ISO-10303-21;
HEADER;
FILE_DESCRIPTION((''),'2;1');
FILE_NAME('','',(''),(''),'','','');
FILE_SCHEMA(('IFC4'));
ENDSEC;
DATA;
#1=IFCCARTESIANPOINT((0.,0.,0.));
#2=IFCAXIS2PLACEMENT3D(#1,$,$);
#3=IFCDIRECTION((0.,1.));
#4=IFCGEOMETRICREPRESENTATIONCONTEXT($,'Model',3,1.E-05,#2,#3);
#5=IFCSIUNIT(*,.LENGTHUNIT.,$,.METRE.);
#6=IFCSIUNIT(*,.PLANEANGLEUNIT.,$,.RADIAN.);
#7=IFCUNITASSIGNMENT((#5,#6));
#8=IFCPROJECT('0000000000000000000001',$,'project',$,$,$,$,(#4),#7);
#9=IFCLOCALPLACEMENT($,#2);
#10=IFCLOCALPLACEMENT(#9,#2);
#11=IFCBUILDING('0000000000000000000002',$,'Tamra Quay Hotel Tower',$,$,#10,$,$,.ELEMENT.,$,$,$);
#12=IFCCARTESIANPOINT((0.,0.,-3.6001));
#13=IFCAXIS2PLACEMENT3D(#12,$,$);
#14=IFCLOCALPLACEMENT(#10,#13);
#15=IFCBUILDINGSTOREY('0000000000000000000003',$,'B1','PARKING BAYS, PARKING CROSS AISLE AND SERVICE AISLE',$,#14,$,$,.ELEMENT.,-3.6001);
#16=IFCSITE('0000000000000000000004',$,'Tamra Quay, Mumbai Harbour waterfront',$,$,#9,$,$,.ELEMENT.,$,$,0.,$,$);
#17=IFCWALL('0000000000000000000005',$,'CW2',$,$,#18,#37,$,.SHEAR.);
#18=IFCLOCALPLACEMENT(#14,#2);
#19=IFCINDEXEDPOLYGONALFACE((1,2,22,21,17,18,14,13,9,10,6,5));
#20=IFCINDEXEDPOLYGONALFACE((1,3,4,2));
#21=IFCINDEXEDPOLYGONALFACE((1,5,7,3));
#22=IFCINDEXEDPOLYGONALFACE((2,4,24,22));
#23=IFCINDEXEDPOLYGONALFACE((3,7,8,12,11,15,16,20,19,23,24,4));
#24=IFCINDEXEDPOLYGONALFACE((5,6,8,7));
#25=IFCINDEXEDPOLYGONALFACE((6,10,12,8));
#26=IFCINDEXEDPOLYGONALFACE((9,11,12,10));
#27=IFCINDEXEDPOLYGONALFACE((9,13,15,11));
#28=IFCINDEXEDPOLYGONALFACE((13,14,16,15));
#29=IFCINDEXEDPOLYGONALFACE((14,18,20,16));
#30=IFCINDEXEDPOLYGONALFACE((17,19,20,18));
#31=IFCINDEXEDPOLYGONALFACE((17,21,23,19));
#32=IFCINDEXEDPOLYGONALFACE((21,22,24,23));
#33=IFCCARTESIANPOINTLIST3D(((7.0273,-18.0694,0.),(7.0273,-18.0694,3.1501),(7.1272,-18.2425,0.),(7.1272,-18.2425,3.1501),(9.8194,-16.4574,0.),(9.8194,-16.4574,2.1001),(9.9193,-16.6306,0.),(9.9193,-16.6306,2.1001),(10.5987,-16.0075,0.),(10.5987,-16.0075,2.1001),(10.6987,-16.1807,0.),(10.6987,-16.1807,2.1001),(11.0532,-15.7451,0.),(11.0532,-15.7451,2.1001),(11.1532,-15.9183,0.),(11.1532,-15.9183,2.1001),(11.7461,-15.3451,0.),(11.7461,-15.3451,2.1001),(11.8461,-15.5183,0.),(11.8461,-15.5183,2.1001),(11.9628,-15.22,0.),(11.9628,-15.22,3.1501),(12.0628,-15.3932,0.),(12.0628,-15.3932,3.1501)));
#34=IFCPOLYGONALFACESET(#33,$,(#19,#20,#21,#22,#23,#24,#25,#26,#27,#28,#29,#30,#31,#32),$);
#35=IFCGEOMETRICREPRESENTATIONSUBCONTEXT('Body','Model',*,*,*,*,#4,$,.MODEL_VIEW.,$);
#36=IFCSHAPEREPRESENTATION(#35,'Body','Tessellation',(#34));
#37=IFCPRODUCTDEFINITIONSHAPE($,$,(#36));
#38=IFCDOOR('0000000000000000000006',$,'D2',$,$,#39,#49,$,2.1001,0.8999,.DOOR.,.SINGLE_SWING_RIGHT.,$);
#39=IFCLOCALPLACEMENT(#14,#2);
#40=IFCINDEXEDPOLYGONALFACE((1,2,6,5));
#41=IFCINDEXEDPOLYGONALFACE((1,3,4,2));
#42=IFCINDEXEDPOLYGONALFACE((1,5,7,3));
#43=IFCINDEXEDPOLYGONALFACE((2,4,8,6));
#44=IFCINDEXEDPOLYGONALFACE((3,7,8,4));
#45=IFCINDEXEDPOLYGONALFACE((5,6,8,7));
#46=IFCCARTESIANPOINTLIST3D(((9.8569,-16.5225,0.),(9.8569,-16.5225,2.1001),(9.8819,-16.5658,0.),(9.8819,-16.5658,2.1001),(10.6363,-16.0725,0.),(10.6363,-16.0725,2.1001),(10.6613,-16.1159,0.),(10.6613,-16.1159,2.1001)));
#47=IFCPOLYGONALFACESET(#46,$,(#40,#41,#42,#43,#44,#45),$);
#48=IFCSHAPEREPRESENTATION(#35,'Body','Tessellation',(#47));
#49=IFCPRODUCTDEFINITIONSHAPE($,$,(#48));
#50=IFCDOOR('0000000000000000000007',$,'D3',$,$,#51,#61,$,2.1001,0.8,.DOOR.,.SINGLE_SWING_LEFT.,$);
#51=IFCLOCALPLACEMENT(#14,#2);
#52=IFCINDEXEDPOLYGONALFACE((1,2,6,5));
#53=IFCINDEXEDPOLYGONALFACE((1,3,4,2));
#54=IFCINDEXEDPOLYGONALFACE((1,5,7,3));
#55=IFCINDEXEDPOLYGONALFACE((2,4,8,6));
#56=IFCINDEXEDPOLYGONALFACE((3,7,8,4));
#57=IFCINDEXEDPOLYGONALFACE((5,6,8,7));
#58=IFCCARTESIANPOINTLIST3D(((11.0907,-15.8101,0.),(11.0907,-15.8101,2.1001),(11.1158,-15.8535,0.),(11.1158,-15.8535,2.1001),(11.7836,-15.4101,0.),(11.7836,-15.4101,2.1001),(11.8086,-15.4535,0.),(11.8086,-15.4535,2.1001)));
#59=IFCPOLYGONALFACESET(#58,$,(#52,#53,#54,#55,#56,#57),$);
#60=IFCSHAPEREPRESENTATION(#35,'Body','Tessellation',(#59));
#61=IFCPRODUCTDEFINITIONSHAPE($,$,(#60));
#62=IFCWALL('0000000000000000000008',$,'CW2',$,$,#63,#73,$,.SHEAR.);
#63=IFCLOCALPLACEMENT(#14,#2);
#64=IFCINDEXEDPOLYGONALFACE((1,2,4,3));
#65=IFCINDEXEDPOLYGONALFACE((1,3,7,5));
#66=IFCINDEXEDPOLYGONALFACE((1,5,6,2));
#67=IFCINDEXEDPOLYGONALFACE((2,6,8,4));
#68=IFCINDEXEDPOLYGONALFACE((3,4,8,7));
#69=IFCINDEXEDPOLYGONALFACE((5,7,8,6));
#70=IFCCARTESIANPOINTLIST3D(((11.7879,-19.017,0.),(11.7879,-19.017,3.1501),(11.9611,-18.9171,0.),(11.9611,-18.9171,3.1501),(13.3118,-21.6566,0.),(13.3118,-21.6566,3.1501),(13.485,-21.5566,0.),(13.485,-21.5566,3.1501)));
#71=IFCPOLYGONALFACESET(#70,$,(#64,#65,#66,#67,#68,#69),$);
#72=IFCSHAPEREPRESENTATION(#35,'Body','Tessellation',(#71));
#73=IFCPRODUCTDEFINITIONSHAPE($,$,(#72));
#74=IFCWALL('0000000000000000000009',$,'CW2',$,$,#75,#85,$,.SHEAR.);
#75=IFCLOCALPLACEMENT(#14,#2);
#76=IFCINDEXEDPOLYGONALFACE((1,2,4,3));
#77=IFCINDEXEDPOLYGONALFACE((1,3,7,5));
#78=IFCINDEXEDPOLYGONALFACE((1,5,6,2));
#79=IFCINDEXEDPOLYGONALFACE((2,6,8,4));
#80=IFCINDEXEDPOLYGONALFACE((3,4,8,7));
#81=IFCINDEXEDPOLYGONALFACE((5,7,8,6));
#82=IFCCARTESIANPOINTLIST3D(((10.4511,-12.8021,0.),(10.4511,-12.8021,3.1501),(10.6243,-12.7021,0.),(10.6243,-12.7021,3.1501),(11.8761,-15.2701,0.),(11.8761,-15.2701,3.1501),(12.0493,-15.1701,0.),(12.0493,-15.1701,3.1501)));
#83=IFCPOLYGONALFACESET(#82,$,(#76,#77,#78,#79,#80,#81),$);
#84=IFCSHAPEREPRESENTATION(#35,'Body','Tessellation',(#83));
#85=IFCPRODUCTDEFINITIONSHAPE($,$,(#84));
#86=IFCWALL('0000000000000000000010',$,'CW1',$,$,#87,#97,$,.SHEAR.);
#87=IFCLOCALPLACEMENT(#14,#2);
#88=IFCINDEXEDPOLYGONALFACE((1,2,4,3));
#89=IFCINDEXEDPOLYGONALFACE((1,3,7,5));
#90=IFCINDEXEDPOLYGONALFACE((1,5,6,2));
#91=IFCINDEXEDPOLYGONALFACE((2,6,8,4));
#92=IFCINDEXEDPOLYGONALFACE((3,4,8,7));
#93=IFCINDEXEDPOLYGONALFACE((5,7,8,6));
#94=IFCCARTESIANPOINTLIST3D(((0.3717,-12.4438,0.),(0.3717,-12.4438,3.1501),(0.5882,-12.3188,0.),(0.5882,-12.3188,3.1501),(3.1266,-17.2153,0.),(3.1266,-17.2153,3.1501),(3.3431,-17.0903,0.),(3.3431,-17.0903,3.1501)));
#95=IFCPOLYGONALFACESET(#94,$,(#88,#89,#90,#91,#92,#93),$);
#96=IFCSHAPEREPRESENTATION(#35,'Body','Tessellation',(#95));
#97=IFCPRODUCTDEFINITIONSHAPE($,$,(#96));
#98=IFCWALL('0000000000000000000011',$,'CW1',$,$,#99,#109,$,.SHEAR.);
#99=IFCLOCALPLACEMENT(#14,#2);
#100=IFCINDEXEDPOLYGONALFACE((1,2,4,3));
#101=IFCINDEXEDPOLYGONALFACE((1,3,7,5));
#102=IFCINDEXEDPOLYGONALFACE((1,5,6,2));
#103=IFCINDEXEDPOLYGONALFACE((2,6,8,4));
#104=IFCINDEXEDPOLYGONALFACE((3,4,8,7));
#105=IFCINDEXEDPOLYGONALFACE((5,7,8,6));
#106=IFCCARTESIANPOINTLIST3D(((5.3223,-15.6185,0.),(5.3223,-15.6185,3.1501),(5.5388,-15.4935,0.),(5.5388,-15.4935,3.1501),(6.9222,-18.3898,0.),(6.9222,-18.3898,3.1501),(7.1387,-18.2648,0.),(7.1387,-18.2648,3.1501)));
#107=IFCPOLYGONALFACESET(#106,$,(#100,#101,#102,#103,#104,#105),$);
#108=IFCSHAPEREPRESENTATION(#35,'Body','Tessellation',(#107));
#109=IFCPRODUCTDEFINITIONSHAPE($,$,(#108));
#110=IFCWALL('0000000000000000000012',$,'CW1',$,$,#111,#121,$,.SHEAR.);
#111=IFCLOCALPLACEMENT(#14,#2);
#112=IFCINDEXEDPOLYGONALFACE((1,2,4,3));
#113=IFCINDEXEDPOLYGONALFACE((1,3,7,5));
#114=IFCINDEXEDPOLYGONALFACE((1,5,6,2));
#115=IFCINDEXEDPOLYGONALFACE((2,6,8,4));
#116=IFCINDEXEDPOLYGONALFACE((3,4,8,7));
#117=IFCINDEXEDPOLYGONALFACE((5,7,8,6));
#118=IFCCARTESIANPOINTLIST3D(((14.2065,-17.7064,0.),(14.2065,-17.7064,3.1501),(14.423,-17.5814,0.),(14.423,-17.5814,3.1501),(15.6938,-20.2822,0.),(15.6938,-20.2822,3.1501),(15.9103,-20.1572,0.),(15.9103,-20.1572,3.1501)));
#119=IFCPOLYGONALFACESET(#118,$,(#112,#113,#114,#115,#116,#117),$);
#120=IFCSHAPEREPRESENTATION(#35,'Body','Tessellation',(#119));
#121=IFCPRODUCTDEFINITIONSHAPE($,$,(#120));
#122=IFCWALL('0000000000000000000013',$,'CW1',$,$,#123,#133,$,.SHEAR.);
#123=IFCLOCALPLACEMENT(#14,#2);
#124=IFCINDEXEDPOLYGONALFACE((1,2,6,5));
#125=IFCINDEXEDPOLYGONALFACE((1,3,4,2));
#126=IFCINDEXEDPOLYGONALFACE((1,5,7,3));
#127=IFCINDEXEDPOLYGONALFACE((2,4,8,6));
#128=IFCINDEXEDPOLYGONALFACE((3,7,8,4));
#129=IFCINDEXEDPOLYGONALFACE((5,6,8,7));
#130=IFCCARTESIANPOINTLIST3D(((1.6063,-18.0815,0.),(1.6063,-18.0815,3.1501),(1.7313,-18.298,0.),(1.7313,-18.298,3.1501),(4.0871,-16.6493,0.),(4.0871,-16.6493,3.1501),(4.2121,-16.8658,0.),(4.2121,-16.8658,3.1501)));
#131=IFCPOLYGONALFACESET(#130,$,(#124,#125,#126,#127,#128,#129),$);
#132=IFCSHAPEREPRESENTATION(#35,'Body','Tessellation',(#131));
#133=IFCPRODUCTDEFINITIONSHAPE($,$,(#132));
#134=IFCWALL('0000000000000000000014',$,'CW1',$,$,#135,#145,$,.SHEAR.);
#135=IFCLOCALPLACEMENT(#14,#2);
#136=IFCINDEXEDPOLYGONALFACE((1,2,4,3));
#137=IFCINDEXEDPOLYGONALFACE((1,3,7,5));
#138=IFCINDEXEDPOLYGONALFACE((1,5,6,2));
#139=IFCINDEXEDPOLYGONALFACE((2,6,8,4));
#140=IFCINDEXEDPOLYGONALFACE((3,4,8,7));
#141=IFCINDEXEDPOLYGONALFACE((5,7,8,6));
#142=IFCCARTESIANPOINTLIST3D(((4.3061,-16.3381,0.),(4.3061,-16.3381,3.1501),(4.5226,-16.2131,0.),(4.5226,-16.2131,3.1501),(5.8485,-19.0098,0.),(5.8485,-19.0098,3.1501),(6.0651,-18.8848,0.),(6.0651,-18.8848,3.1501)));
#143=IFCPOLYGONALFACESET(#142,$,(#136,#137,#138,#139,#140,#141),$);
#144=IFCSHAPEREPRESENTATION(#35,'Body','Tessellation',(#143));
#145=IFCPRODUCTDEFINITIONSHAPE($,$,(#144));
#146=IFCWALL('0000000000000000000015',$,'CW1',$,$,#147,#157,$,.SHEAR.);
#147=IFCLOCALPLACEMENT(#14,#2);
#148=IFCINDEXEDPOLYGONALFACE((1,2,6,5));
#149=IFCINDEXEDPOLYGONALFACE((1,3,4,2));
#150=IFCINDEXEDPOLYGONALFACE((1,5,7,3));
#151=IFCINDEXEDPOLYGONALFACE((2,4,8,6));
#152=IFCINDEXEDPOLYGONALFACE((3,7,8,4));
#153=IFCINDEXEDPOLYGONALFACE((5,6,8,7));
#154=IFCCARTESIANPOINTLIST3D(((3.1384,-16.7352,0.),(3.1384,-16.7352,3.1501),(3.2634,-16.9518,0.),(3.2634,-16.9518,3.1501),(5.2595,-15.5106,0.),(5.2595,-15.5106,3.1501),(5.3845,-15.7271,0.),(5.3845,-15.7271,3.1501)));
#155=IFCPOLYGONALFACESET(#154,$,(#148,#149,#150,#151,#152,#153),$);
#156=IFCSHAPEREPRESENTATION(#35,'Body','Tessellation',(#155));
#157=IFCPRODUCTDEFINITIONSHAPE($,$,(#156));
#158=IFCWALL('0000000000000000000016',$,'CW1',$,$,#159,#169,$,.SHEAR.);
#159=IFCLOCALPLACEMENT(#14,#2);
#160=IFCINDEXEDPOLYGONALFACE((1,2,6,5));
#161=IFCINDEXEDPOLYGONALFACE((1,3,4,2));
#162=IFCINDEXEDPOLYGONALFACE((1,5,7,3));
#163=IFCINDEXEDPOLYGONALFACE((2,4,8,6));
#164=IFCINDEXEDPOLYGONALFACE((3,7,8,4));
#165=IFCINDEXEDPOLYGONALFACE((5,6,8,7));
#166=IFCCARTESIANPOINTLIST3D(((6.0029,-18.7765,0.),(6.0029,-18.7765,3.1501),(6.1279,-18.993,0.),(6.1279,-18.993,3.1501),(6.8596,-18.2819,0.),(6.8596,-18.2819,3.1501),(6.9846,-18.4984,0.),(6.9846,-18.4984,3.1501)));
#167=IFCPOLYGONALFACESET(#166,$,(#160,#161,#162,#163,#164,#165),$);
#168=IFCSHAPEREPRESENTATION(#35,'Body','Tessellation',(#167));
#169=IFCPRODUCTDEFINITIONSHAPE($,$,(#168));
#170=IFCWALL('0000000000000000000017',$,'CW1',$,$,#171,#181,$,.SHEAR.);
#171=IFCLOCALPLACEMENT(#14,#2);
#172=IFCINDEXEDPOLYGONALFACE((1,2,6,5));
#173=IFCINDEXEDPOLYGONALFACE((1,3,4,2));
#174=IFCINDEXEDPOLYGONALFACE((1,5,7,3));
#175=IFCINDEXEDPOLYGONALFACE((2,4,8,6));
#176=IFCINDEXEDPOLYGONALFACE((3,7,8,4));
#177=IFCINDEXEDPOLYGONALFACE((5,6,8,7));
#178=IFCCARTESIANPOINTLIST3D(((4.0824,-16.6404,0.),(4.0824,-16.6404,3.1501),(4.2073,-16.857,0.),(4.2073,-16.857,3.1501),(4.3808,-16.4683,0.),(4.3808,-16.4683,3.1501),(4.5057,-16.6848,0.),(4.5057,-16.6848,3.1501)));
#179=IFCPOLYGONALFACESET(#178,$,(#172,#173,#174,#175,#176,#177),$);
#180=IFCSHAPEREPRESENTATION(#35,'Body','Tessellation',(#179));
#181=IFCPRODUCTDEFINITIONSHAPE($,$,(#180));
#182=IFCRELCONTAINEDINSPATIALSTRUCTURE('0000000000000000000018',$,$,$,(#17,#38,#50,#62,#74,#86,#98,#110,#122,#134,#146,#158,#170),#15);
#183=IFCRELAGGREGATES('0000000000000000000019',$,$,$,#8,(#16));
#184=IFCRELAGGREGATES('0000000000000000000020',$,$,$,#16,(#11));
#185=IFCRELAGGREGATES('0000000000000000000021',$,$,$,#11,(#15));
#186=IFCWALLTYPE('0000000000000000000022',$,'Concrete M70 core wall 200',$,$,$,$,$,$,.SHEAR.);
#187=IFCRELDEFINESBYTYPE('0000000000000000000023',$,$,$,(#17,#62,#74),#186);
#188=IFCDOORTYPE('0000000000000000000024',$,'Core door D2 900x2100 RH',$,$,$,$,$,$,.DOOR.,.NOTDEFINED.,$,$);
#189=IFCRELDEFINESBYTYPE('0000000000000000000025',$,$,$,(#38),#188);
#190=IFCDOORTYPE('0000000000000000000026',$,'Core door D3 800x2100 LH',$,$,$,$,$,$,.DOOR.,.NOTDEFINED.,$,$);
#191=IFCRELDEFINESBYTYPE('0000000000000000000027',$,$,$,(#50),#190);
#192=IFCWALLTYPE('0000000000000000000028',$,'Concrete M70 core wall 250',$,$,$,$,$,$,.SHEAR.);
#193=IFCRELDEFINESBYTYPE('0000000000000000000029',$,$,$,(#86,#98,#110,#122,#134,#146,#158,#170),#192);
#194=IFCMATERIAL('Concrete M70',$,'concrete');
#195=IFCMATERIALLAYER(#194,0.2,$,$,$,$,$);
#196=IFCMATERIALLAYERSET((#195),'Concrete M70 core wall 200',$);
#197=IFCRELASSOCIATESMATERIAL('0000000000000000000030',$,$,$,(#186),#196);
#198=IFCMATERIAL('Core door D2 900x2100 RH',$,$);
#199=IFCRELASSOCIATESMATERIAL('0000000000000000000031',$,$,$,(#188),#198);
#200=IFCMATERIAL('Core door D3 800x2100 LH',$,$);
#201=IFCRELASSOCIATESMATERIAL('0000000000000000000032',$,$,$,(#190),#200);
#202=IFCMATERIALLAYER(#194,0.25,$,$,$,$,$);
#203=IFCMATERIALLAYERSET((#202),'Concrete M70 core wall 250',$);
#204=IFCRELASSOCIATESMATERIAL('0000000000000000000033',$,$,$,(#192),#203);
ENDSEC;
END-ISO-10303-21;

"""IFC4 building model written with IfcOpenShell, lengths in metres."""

from ifc_helpers import new_model, si_unit, direction, frame, frame_2d, origin, place, context, subcontext, project, spatial, rectangle, extrude, material, layer, layer_set, type_object, element, fill, save


model = new_model("IFC4")

# Units and contexts
model_context = context("Model", 3, precision=1e-05, world=origin(), true_north=direction((0.0, 1.0)))
body_context = subcontext(model_context, "Body", "Model", "MODEL_VIEW")
ifc_project = project(units=[si_unit("LENGTHUNIT", "METRE"), si_unit("PLANEANGLEUNIT", "RADIAN")], contexts=[model_context])

# Site, building, storey
site_placement = place(None, origin())
site = spatial("IfcSite", under=ifc_project, at=site_placement, Name="Tamra Quay, Mumbai Harbour waterfront", CompositionType="ELEMENT", RefElevation=0.0)
building_placement = place(site_placement, origin())
building = spatial("IfcBuilding", under=site, at=building_placement, Name="Tamra Quay Hotel Tower", CompositionType="ELEMENT")
storey_placement = place(building_placement, frame((0.0, 0.0, -3.6001)))
storey = spatial("IfcBuildingStorey", under=building, at=storey_placement, Name="B1", Description="PARKING BAYS, PARKING CROSS AISLE AND SERVICE AISLE", CompositionType="ELEMENT", Elevation=-3.6001)

# Wall, openings, doors
ifc_material_1 = material(Name="Concrete M70", Category="concrete")
ifc_layer_1 = layer(ifc_material_1, 0.2)
ifc_layer_set_1 = layer_set([ifc_layer_1], Name="Concrete M70 core wall 200")
wall_type_1 = type_object("IfcWallType", Name="Concrete M70 core wall 200", PredefinedType="SHEAR", material=ifc_layer_set_1)
wall_1_placement = place(storey_placement, frame((7.0771, -18.156, 0.0), z_axis=(0.0, 0.0, 1.0), x_axis=(0.866039, 0.499977, 0.0)))
wall_1 = element("IfcWall", 1, at=wall_1_placement, inside=storey, type_object=wall_type_1, Name="CW2", PredefinedType="SHEAR", context=body_context, shape_type="SweptSolid", body=[
    extrude(rectangle(XDim=5.699, YDim=0.2, at=frame_2d((2.8496, 0.0))), origin(), (0.0, 0.0, 1.0), 3.1501),
])
opening_1_placement = place(wall_1_placement, frame((3.2241, 0.0, 0.0)))
opening_1 = element("IfcOpeningElement", 2, at=opening_1_placement, cuts=wall_1, PredefinedType="OPENING", context=body_context, shape_type="SweptSolid", body=[
    extrude(rectangle(XDim=0.8999, YDim=2.1001, at=frame_2d((0.45, 1.05))), frame((0.0, 0.1099, 0.0), z_axis=(0.0, -1.0, 0.0), x_axis=(1.0, 0.0, 0.0)), (0.0, 0.0, 1.0), 0.22),
])
opening_2_placement = place(wall_1_placement, frame((4.6489, 0.0, 0.0)))
opening_2 = element("IfcOpeningElement", 3, at=opening_2_placement, cuts=wall_1, PredefinedType="OPENING", context=body_context, shape_type="SweptSolid", body=[
    extrude(rectangle(XDim=0.8, YDim=2.1001, at=frame_2d((0.3999, 1.05))), frame((0.0, 0.1099, 0.0), z_axis=(0.0, -1.0, 0.0), x_axis=(1.0, 0.0, 0.0)), (0.0, 0.0, 1.0), 0.22),
])
ifc_material_2 = material(Name="Core door D2 900x2100 RH")
door_type_1 = type_object("IfcDoorType", Name="Core door D2 900x2100 RH", OperationType="NOTDEFINED", PredefinedType="DOOR", material=ifc_material_2)
door_1_placement = place(opening_1_placement, origin())
door_1 = element("IfcDoor", 4, at=door_1_placement, inside=storey, type_object=door_type_1, Name="D2", OperationType="SINGLE_SWING_RIGHT", OverallHeight=2.1001, OverallWidth=0.8999, PredefinedType="DOOR", context=body_context, shape_type="SweptSolid", body=[
    extrude(rectangle(XDim=0.8999, YDim=2.1001, at=frame_2d((0.45, 1.05))), frame((0.0, 0.0249, 0.0), z_axis=(0.0, -1.0, 0.0), x_axis=(1.0, 0.0, 0.0)), (0.0, 0.0, 1.0), 0.05),
])
fill(opening_1, door_1)
ifc_material_3 = material(Name="Core door D3 800x2100 LH")
door_type_2 = type_object("IfcDoorType", Name="Core door D3 800x2100 LH", OperationType="NOTDEFINED", PredefinedType="DOOR", material=ifc_material_3)
door_2_placement = place(opening_2_placement, origin())
door_2 = element("IfcDoor", 5, at=door_2_placement, inside=storey, type_object=door_type_2, Name="D3", OperationType="SINGLE_SWING_LEFT", OverallHeight=2.1001, OverallWidth=0.8, PredefinedType="DOOR", context=body_context, shape_type="SweptSolid", body=[
    extrude(rectangle(XDim=0.8, YDim=2.1001, at=frame_2d((0.3999, 1.05))), frame((0.0, 0.0249, 0.0), z_axis=(0.0, -1.0, 0.0), x_axis=(1.0, 0.0, 0.0)), (0.0, 0.0, 1.0), 0.05),
])
fill(opening_2, door_2)

# Walls
wall_2_placement = place(storey_placement, frame((11.8745, -18.967, 0.0), z_axis=(0.0, 0.0, 1.0), x_axis=(0.499981, -0.866036, 0.0)))
element("IfcWall", 6, at=wall_2_placement, inside=storey, type_object=wall_type_1, Name="CW2", PredefinedType="SHEAR", context=body_context, shape_type="SweptSolid", body=[
    extrude(rectangle(XDim=3.0479, YDim=0.2, at=frame_2d((1.5239, 0.0))), origin(), (0.0, 0.0, 1.0), 3.1501),
])
wall_3_placement = place(storey_placement, frame((11.9626, -15.22, 0.0), z_axis=(0.0, 0.0, 1.0), x_axis=(-0.500036, 0.866004, 0.0)))
element("IfcWall", 7, at=wall_3_placement, inside=storey, type_object=wall_type_1, Name="CW2", PredefinedType="SHEAR", context=body_context, shape_type="SweptSolid", body=[
    extrude(rectangle(XDim=2.8499, YDim=0.2, at=frame_2d((1.4248, 0.0))), origin(), (0.0, 0.0, 1.0), 3.1501),
])
ifc_layer_2 = layer(ifc_material_1, 0.25)
ifc_layer_set_2 = layer_set([ifc_layer_2], Name="Concrete M70 core wall 250")
wall_type_2 = type_object("IfcWallType", Name="Concrete M70 core wall 250", PredefinedType="SHEAR", material=ifc_layer_set_2)
wall_4_placement = place(storey_placement, frame((3.2349, -17.1528, 0.0), z_axis=(0.0, 0.0, 1.0), x_axis=(-0.500009, 0.86602, 0.0)))
element("IfcWall", 8, at=wall_4_placement, inside=storey, type_object=wall_type_2, Name="CW1", PredefinedType="SHEAR", context=body_context, shape_type="SweptSolid", body=[
    extrude(rectangle(XDim=5.5098, YDim=0.25, at=frame_2d((2.7549, 0.0))), origin(), (0.0, 0.0, 1.0), 3.1501),
])
wall_5_placement = place(storey_placement, frame((7.0305, -18.3274, 0.0), z_axis=(0.0, 0.0, 1.0), x_axis=(-0.499971, 0.866042, 0.0)))
element("IfcWall", 9, at=wall_5_placement, inside=storey, type_object=wall_type_2, Name="CW1", PredefinedType="SHEAR", context=body_context, shape_type="SweptSolid", body=[
    extrude(rectangle(XDim=3.2, YDim=0.25, at=frame_2d((1.6001, 0.0))), origin(), (0.0, 0.0, 1.0), 3.1501),
])
wall_6_placement = place(storey_placement, frame((14.3147, -17.6438, 0.0), z_axis=(0.0, 0.0, 1.0), x_axis=(0.500023, -0.866012, 0.0)))
element("IfcWall", 10, at=wall_6_placement, inside=storey, type_object=wall_type_2, Name="CW1", PredefinedType="SHEAR", context=body_context, shape_type="SweptSolid", body=[
    extrude(rectangle(XDim=2.9744, YDim=0.25, at=frame_2d((1.4873, 0.0))), origin(), (0.0, 0.0, 1.0), 3.1501),
])
wall_7_placement = place(storey_placement, frame((1.6689, -18.1897, 0.0), z_axis=(0.0, 0.0, 1.0), x_axis=(0.866042, 0.499971, 0.0)))
element("IfcWall", 11, at=wall_7_placement, inside=storey, type_object=wall_type_2, Name="CW1", PredefinedType="SHEAR", context=body_context, shape_type="SweptSolid", body=[
    extrude(rectangle(XDim=2.8645, YDim=0.25, at=frame_2d((1.4321, 0.0))), origin(), (0.0, 0.0, 1.0), 3.1501),
])
wall_8_placement = place(storey_placement, frame((4.4143, -16.2756, 0.0), z_axis=(0.0, 0.0, 1.0), x_axis=(0.500003, -0.866023, 0.0)))
element("IfcWall", 12, at=wall_8_placement, inside=storey, type_object=wall_type_2, Name="CW1", PredefinedType="SHEAR", context=body_context, shape_type="SweptSolid", body=[
    extrude(rectangle(XDim=3.085, YDim=0.25, at=frame_2d((1.5425, 0.0))), origin(), (0.0, 0.0, 1.0), 3.1501),
])
wall_9_placement = place(storey_placement, frame((5.322, -15.6189, 0.0), z_axis=(0.0, 0.0, 1.0), x_axis=(-0.866026, -0.499999, 0.0)))
element("IfcWall", 13, at=wall_9_placement, inside=storey, type_object=wall_type_2, Name="CW1", PredefinedType="SHEAR", context=body_context, shape_type="SweptSolid", body=[
    extrude(rectangle(XDim=2.4492, YDim=0.25, at=frame_2d((1.2246, 0.0))), origin(), (0.0, 0.0, 1.0), 3.1501),
])
wall_10_placement = place(storey_placement, frame((6.0654, -18.8848, 0.0), z_axis=(0.0, 0.0, 1.0), x_axis=(0.866017, 0.500014, 0.0)))
element("IfcWall", 14, at=wall_10_placement, inside=storey, type_object=wall_type_2, Name="CW1", PredefinedType="SHEAR", context=body_context, shape_type="SweptSolid", body=[
    extrude(rectangle(XDim=0.9893, YDim=0.25, at=frame_2d((0.4946, 0.0))), origin(), (0.0, 0.0, 1.0), 3.1501),
])
wall_11_placement = place(storey_placement, frame((4.1448, -16.7488, 0.0), z_axis=(0.0, 0.0, 1.0), x_axis=(0.866186, 0.499722, 0.0)))
element("IfcWall", 15, at=wall_11_placement, inside=storey, type_object=wall_type_2, Name="CW1", PredefinedType="SHEAR", context=body_context, shape_type="SweptSolid", body=[
    extrude(rectangle(XDim=0.3445, YDim=0.25, at=frame_2d((0.1724, 0.0))), origin(), (0.0, 0.0, 1.0), 3.1501),
])

save(model, "model.ifc")
